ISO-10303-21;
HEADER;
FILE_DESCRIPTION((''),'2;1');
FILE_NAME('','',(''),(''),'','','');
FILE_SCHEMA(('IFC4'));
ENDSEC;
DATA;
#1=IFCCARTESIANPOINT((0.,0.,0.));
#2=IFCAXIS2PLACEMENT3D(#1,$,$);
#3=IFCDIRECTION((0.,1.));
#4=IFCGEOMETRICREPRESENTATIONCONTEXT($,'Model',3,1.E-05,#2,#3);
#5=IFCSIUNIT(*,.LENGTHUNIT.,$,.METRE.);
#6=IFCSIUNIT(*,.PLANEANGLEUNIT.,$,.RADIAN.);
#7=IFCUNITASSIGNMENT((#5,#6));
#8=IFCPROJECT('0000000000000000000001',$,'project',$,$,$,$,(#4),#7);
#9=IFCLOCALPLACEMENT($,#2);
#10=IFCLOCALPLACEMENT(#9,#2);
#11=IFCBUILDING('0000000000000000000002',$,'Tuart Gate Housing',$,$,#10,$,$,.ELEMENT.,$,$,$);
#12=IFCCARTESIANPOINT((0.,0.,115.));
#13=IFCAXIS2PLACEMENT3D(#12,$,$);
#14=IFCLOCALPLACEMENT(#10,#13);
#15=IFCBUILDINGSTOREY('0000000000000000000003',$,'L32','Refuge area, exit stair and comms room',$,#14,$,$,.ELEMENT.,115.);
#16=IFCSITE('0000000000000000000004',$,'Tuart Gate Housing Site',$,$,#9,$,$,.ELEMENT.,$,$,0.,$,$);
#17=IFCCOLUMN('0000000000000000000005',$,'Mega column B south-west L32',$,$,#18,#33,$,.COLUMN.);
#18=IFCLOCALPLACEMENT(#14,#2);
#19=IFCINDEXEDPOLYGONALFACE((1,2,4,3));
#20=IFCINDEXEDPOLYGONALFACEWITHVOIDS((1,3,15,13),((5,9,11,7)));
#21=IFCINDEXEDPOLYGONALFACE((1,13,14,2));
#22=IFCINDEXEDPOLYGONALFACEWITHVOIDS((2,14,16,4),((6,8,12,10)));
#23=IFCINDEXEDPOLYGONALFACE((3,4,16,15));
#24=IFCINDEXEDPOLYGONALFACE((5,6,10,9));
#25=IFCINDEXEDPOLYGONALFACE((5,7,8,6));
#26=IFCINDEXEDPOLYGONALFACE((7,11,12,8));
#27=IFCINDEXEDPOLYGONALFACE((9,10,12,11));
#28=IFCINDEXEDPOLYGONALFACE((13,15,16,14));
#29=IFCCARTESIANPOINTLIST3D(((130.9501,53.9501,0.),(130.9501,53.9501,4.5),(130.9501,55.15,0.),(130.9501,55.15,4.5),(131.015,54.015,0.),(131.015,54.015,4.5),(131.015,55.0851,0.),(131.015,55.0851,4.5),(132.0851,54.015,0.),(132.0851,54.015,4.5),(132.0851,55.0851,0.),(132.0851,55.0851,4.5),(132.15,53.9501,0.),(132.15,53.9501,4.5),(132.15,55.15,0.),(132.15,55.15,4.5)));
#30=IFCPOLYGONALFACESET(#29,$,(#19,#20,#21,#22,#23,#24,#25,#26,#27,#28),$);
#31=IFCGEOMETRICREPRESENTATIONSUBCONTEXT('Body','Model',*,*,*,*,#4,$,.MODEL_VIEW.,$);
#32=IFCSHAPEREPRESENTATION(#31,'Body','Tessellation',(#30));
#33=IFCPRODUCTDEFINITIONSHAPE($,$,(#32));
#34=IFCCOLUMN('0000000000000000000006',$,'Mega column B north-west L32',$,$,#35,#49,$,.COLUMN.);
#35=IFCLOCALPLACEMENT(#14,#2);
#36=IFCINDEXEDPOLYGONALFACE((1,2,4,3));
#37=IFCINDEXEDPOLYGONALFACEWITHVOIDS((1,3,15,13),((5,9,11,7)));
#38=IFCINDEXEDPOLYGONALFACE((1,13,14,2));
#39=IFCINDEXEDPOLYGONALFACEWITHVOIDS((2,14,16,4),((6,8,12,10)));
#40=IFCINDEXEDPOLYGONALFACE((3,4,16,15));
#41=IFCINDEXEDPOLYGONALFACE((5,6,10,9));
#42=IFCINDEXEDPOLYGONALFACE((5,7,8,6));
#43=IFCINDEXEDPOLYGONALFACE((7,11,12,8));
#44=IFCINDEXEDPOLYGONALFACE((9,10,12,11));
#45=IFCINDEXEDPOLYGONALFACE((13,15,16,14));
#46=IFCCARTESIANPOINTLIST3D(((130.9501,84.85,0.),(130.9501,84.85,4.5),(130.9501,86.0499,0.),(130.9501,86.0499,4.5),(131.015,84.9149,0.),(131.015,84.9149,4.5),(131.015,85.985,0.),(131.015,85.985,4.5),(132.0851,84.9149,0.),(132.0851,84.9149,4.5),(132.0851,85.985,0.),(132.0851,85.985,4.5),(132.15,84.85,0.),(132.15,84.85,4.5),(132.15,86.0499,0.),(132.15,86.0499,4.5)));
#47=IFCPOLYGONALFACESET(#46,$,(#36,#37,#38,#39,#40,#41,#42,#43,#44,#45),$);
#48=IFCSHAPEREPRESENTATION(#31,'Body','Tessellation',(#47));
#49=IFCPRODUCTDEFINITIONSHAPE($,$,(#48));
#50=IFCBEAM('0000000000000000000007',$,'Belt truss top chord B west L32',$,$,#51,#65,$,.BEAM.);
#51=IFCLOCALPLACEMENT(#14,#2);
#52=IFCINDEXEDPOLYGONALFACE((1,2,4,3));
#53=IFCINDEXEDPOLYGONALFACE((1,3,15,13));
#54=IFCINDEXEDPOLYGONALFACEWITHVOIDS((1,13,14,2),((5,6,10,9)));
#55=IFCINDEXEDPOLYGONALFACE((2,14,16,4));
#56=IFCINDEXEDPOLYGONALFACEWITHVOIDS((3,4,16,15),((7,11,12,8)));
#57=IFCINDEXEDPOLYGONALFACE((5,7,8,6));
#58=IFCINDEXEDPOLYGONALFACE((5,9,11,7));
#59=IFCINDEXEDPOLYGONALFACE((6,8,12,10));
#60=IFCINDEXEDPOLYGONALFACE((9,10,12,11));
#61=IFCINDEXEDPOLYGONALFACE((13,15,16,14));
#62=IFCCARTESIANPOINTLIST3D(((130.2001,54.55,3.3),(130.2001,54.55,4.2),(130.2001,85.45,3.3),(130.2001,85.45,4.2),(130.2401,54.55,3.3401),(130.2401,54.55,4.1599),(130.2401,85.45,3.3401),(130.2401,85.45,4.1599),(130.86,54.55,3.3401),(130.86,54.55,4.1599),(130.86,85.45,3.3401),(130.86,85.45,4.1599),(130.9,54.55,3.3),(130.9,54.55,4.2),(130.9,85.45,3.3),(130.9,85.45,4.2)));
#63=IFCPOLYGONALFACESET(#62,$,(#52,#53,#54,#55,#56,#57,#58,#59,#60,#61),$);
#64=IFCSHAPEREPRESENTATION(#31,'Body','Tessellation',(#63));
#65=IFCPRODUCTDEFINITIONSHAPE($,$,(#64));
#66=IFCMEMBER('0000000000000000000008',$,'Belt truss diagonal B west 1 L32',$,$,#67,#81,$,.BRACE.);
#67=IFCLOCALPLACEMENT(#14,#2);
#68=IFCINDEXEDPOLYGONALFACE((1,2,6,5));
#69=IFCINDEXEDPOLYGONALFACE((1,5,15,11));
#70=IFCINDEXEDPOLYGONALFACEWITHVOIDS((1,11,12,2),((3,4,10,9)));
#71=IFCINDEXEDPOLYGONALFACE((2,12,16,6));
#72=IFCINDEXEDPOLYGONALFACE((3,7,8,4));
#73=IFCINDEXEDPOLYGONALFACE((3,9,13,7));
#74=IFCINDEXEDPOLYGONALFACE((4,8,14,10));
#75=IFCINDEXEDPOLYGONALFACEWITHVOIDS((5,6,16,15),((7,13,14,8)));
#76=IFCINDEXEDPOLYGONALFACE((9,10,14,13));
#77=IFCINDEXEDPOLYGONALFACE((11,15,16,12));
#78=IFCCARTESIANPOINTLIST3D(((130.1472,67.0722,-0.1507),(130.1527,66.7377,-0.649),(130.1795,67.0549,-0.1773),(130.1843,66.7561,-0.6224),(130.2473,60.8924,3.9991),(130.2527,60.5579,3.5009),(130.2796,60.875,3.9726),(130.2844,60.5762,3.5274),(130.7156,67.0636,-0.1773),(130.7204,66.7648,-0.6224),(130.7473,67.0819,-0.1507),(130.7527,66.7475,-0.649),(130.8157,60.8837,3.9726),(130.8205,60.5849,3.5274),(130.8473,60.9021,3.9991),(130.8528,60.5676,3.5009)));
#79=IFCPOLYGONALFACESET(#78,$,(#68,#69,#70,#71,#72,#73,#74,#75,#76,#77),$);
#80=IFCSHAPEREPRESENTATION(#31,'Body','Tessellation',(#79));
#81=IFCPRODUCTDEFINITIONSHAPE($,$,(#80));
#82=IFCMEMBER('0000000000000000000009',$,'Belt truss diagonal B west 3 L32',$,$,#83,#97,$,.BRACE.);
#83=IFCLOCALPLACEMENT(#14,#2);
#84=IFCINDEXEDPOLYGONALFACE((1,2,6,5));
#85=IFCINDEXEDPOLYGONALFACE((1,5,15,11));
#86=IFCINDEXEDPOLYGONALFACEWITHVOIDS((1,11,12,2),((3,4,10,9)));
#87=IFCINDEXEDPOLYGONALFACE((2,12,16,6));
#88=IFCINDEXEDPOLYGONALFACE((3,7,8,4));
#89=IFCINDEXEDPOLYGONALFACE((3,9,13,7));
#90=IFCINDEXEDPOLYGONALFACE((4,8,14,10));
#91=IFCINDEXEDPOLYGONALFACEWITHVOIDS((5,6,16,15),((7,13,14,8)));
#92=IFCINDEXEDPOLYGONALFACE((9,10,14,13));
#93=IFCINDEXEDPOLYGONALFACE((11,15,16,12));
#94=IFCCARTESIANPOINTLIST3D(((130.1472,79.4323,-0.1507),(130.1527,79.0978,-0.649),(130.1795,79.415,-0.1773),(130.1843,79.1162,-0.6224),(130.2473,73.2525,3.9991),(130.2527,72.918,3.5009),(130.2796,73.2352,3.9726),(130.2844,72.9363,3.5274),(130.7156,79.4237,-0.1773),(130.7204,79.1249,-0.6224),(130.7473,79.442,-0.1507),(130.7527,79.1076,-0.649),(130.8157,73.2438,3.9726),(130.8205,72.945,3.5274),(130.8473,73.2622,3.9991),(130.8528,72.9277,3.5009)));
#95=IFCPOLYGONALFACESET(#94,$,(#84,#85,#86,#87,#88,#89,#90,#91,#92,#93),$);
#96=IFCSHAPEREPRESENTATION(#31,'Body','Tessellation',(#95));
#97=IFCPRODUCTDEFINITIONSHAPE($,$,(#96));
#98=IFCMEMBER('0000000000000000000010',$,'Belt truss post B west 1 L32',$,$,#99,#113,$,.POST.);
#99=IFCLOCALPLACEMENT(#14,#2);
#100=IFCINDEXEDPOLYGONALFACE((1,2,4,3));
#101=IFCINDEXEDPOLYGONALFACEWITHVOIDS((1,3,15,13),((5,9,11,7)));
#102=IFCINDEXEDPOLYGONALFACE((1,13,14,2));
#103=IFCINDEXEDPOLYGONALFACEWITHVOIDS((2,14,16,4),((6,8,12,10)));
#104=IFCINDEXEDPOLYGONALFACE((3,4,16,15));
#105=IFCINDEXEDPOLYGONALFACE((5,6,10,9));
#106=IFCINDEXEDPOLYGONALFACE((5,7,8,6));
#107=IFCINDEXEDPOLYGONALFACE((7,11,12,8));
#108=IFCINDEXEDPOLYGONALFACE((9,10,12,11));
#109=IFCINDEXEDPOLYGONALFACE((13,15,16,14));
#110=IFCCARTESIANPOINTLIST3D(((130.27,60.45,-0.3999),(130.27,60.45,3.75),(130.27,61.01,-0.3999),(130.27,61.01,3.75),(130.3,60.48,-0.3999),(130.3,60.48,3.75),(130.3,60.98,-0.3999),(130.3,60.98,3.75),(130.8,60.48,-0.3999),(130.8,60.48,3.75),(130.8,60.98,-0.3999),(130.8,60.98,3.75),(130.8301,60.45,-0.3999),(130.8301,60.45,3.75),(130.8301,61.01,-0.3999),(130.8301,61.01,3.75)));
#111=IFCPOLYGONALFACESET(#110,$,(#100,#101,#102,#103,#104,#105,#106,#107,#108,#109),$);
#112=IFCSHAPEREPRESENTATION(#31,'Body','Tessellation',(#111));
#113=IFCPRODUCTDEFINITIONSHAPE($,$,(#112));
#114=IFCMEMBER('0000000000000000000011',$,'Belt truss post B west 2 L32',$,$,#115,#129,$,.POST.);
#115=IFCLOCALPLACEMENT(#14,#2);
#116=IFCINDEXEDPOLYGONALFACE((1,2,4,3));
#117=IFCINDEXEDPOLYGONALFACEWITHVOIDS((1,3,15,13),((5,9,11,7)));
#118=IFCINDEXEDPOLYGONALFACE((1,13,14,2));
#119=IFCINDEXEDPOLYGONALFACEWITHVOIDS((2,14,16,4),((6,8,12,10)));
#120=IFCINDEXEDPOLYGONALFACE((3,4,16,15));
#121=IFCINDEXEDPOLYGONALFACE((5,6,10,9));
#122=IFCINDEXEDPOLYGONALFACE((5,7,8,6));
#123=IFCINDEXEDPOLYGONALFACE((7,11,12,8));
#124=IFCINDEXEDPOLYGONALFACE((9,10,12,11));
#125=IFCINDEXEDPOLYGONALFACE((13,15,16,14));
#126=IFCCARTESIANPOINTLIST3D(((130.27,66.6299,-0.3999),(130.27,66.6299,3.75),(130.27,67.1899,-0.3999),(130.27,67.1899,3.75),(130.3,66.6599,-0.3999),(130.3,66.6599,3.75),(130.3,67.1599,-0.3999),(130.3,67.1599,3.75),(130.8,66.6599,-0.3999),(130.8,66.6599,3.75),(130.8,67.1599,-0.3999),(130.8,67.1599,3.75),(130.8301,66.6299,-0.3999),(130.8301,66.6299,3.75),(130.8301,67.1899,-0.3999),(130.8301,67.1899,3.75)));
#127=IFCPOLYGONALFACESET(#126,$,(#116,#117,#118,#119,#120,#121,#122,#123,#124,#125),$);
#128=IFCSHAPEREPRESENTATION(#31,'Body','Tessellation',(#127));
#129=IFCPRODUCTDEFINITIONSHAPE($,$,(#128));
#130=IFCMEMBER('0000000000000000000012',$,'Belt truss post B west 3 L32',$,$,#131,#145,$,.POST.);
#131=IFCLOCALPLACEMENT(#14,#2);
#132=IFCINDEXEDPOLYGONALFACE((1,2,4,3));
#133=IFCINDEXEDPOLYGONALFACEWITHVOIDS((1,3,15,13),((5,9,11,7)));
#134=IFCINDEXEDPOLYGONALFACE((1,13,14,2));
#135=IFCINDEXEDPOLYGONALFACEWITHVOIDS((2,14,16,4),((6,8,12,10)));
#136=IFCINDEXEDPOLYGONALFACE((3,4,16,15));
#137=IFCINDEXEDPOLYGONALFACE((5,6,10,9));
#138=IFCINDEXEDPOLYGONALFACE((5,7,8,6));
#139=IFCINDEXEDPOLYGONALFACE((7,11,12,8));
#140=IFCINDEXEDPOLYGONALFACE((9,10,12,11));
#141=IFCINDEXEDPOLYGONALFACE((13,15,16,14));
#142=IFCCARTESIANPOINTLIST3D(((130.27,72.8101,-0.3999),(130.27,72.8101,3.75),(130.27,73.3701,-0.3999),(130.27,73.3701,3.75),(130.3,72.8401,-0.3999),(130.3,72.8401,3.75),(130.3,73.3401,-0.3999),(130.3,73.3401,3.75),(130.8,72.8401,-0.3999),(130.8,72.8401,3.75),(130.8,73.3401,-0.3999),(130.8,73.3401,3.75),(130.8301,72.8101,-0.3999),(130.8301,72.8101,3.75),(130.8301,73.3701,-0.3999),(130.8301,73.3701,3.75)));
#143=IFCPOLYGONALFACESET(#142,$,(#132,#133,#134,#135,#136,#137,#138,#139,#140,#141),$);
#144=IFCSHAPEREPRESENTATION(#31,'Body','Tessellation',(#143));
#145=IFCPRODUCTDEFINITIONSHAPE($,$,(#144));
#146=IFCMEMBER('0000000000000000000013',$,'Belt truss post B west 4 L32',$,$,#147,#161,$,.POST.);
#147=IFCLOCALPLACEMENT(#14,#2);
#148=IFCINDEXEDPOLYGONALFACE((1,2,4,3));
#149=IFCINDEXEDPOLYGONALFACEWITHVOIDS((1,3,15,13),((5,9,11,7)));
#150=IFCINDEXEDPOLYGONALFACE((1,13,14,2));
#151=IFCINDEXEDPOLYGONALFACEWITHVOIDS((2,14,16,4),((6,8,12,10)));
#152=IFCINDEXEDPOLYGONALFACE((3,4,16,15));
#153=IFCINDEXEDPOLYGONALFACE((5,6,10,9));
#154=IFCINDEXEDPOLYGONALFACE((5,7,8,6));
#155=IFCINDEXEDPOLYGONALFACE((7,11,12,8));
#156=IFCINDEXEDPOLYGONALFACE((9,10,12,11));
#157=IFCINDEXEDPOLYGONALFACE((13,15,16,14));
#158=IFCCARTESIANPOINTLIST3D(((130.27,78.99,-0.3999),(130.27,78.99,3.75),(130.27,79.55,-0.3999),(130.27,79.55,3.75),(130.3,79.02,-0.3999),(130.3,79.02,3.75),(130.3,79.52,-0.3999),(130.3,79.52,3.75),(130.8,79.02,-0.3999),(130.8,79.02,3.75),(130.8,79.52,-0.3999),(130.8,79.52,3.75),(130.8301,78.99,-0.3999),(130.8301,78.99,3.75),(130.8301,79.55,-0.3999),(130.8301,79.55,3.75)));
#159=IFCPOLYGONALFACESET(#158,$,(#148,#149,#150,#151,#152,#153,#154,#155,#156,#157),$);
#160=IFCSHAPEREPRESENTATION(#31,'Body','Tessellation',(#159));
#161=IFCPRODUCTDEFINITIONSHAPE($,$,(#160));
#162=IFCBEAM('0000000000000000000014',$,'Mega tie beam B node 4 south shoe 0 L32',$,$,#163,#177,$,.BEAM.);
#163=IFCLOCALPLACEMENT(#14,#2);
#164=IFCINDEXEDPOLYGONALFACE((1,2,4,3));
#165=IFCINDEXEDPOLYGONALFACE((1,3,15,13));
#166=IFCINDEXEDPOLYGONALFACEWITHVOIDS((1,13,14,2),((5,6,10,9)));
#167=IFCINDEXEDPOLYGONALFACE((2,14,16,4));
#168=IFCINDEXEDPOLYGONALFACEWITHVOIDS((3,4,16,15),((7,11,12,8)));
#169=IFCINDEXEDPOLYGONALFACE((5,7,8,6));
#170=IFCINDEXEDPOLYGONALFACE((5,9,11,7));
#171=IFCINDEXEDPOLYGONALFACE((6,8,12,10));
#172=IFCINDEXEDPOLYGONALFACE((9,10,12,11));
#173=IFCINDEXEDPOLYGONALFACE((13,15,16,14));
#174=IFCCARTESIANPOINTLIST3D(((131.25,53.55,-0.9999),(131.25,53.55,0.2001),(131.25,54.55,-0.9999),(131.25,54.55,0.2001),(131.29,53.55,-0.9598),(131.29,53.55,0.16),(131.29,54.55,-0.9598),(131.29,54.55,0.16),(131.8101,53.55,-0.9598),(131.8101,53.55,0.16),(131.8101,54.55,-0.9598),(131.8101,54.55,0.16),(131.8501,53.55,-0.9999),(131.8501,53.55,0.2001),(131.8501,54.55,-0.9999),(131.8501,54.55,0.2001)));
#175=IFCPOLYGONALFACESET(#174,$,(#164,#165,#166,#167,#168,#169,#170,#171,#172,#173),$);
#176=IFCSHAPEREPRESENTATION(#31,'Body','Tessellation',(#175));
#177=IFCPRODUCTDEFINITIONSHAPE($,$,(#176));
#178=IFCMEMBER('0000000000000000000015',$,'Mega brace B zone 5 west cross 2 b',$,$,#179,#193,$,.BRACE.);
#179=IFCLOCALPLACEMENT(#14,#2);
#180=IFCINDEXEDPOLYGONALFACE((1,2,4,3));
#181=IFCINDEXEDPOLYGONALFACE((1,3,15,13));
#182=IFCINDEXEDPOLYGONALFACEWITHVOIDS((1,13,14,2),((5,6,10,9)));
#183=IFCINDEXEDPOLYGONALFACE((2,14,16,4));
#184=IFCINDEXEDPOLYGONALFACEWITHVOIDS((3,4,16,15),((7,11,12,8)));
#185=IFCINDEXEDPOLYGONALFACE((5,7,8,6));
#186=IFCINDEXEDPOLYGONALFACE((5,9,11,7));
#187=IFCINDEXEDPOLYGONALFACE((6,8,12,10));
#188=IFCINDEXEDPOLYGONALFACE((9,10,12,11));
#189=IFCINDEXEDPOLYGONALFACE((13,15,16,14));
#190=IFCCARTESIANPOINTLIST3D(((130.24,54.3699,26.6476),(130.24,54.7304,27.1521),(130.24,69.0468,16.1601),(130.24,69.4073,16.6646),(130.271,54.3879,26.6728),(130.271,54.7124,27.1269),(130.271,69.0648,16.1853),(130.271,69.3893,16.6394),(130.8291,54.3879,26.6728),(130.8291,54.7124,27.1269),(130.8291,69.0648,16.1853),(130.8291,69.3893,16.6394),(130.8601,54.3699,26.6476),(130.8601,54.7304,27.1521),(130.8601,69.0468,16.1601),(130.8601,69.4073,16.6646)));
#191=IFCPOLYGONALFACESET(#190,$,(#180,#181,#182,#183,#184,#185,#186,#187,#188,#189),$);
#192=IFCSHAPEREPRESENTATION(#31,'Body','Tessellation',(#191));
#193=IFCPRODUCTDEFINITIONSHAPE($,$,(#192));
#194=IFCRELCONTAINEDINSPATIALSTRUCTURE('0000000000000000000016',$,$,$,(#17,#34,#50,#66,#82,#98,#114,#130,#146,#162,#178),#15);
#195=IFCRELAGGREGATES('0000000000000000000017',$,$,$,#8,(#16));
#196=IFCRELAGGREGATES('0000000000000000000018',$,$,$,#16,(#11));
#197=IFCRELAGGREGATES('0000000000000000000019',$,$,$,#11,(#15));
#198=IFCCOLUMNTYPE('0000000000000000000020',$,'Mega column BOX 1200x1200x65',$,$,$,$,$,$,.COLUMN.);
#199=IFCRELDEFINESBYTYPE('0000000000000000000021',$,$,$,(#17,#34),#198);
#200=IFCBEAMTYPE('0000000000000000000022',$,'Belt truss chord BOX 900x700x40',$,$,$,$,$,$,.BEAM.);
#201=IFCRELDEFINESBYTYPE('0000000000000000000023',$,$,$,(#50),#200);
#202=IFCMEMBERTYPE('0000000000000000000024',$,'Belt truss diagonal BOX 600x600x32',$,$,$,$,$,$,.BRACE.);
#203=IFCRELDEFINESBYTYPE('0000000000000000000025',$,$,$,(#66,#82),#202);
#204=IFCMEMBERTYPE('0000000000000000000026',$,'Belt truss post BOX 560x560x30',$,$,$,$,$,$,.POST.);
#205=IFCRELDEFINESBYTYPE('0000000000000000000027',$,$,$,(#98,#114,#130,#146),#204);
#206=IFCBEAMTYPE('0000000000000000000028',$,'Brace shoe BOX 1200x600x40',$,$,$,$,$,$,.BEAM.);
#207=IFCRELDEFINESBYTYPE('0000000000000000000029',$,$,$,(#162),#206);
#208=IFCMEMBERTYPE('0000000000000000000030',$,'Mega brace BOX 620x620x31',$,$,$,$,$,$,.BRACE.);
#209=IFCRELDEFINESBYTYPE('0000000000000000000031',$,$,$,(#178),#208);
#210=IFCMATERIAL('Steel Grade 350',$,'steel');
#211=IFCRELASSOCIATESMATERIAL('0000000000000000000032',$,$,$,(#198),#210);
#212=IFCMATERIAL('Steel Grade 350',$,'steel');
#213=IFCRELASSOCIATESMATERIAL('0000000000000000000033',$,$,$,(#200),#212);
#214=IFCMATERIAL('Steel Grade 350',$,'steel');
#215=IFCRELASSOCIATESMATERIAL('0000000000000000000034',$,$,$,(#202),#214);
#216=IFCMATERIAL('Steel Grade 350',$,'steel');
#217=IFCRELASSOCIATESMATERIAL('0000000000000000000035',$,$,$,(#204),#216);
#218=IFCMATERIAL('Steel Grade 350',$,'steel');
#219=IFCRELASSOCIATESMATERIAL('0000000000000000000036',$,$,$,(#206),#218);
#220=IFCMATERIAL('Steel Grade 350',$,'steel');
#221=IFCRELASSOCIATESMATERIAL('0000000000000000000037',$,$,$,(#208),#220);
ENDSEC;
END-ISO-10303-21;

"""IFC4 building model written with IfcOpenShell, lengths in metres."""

from ifc_helpers import new_model, si_unit, direction, frame, origin, origin_2d, place, context, subcontext, project, spatial, hollow_rectangle, extrude, material, material_profile, profile_set, type_object, element, save


model = new_model("IFC4")

# Units and contexts
model_context = context("Model", 3, precision=1e-05, world=origin(), true_north=direction((0.0, 1.0)))
body_context = subcontext(model_context, "Body", "Model", "MODEL_VIEW")
ifc_project = project(units=[si_unit("LENGTHUNIT", "METRE"), si_unit("PLANEANGLEUNIT", "RADIAN")], contexts=[model_context])

# Site, building, storey
site_placement = place(None, origin())
site = spatial("IfcSite", under=ifc_project, at=site_placement, Name="Tuart Gate Housing Site", CompositionType="ELEMENT", RefElevation=0.0)
building_placement = place(site_placement, origin())
building = spatial("IfcBuilding", under=site, at=building_placement, Name="Tuart Gate Housing", CompositionType="ELEMENT")
storey_placement = place(building_placement, frame((0.0, 0.0, 115.0)))
storey = spatial("IfcBuildingStorey", under=building, at=storey_placement, Name="L32", Description="Refuge area, exit stair and comms room", CompositionType="ELEMENT", Elevation=115.0)

# Columns
ifc_material_1 = material(Name="Steel Grade 350", Category="steel")
ifc_material_profile_1 = material_profile(ifc_material_1, hollow_rectangle(XDim=1.2, YDim=1.2, WallThickness=0.0649, at=origin_2d()), Name="BOX 1200x1200x65")
ifc_profile_set_1 = profile_set([ifc_material_profile_1], Name="Steel Grade 350")
column_type = type_object("IfcColumnType", Name="Mega column BOX 1200x1200x65", PredefinedType="COLUMN", material=ifc_profile_set_1)
for number, where, z_axis, x_axis, name in (
    (1, (131.55, 54.55, 0.0), (0.0, 0.0, 1.0), (1.0, 0.0, 0.0), "Mega column B south-west L32"),
    (2, (131.55, 85.45, 0.0), (0.0, 0.0, 1.0), (1.0, 0.0, 0.0), "Mega column B north-west L32"),
):
    element("IfcColumn", number, at=place(storey_placement, frame(where, z_axis=z_axis, x_axis=x_axis)), inside=storey, type_object=column_type, Name=name, PredefinedType="COLUMN", context=body_context, shape_type="SweptSolid", body=[
        extrude(hollow_rectangle(XDim=1.2, YDim=1.2, WallThickness=0.0649, at=origin_2d()), origin(), (0.0, 0.0, 1.0), 4.5),
    ])

# Beam
ifc_material_2 = material(Name="Steel Grade 350", Category="steel")
ifc_material_profile_2 = material_profile(ifc_material_2, hollow_rectangle(XDim=0.7, YDim=0.8999, WallThickness=0.04, at=origin_2d()), Name="BOX 900x700x40")
ifc_profile_set_2 = profile_set([ifc_material_profile_2], Name="Steel Grade 350")
beam_type_1 = type_object("IfcBeamType", Name="Belt truss chord BOX 900x700x40", PredefinedType="BEAM", material=ifc_profile_set_2)
beam_1_placement = place(storey_placement, frame((130.55, 54.55, 3.75), z_axis=(0.0, 1.0, 0.0), x_axis=(-1.0, 0.0, 0.0)))
element("IfcBeam", 3, at=beam_1_placement, inside=storey, type_object=beam_type_1, Name="Belt truss top chord B west L32", PredefinedType="BEAM", context=body_context, shape_type="SweptSolid", body=[
    extrude(hollow_rectangle(XDim=0.7, YDim=0.8999, WallThickness=0.04, at=origin_2d()), origin(), (0.0, 0.0, 1.0), 30.8999),
])

# Members
ifc_material_3 = material(Name="Steel Grade 350", Category="steel")
ifc_material_profile_3 = material_profile(ifc_material_3, hollow_rectangle(XDim=0.6001, YDim=0.6001, WallThickness=0.032, at=origin_2d()), Name="BOX 600x600x32")
ifc_profile_set_3 = profile_set([ifc_material_profile_3], Name="Steel Grade 350")
member_type_1 = type_object("IfcMemberType", Name="Belt truss diagonal BOX 600x600x32", PredefinedType="BRACE", material=ifc_profile_set_3)
for number, where, z_axis, x_axis, name in (
    (4, (130.55, 60.73, 3.75), (-0.013446, 0.830114, -0.557432), (-0.999869, -0.016195, 0.0), "Belt truss diagonal B west 1 L32"),
    (5, (130.55, 73.0901, 3.75), (-0.013446, 0.830114, -0.557432), (-0.999869, -0.016195, 0.0), "Belt truss diagonal B west 3 L32"),
):
    element("IfcMember", number, at=place(storey_placement, frame(where, z_axis=z_axis, x_axis=x_axis)), inside=storey, type_object=member_type_1, Name=name, PredefinedType="BRACE", context=body_context, shape_type="SweptSolid", body=[
        extrude(hollow_rectangle(XDim=0.6001, YDim=0.6001, WallThickness=0.032, at=origin_2d()), origin(), (0.0, 0.0, 1.0), 7.4446),
    ])
ifc_material_4 = material(Name="Steel Grade 350", Category="steel")
ifc_material_profile_4 = material_profile(ifc_material_4, hollow_rectangle(XDim=0.5601, YDim=0.5601, WallThickness=0.03, at=origin_2d()), Name="BOX 560x560x30")
ifc_profile_set_4 = profile_set([ifc_material_profile_4], Name="Steel Grade 350")
member_type_2 = type_object("IfcMemberType", Name="Belt truss post BOX 560x560x30", PredefinedType="POST", material=ifc_profile_set_4)
for number, where, z_axis, x_axis, name in (
    (6, (130.55, 60.73, -0.3999), (0.0, 0.0, 1.0), (1.0, 0.0, 0.0), "Belt truss post B west 1 L32"),
    (7, (130.55, 66.9099, -0.3999), (0.0, 0.0, 1.0), (1.0, 0.0, 0.0), "Belt truss post B west 2 L32"),
    (8, (130.55, 73.0901, -0.3999), (0.0, 0.0, 1.0), (1.0, 0.0, 0.0), "Belt truss post B west 3 L32"),
    (9, (130.55, 79.27, -0.3999), (0.0, 0.0, 1.0), (1.0, 0.0, 0.0), "Belt truss post B west 4 L32"),
):
    element("IfcMember", number, at=place(storey_placement, frame(where, z_axis=z_axis, x_axis=x_axis)), inside=storey, type_object=member_type_2, Name=name, PredefinedType="POST", context=body_context, shape_type="SweptSolid", body=[
        extrude(hollow_rectangle(XDim=0.5601, YDim=0.5601, WallThickness=0.03, at=origin_2d()), origin(), (0.0, 0.0, 1.0), 4.1499),
    ])

# Beam
ifc_material_5 = material(Name="Steel Grade 350", Category="steel")
ifc_material_profile_5 = material_profile(ifc_material_5, hollow_rectangle(XDim=0.6001, YDim=1.2, WallThickness=0.04, at=origin_2d()), Name="BOX 1200x600x40")
ifc_profile_set_5 = profile_set([ifc_material_profile_5], Name="Steel Grade 350")
beam_type_2 = type_object("IfcBeamType", Name="Brace shoe BOX 1200x600x40", PredefinedType="BEAM", material=ifc_profile_set_5)
beam_2_placement = place(storey_placement, frame((131.55, 54.55, -0.3999), z_axis=(0.0, -1.0, 0.0), x_axis=(1.0, 0.0, 0.0)))
element("IfcBeam", 10, at=beam_2_placement, inside=storey, type_object=beam_type_2, Name="Mega tie beam B node 4 south shoe 0 L32", PredefinedType="BEAM", context=body_context, shape_type="SweptSolid", body=[
    extrude(hollow_rectangle(XDim=0.6001, YDim=1.2, WallThickness=0.04, at=origin_2d()), origin(), (0.0, 0.0, 1.0), 1.0),
])

# Member
ifc_material_6 = material(Name="Steel Grade 350", Category="steel")
ifc_material_profile_6 = material_profile(ifc_material_6, hollow_rectangle(XDim=0.6201, YDim=0.6201, WallThickness=0.031, at=origin_2d()), Name="BOX 620x620x31")
ifc_profile_set_6 = profile_set([ifc_material_profile_6], Name="Steel Grade 350")
member_type_3 = type_object("IfcMemberType", Name="Mega brace BOX 620x620x31", PredefinedType="BRACE", material=ifc_profile_set_6)
member_placement = place(storey_placement, frame((130.55, 69.2271, 16.4124), z_axis=(0.0, -0.813629, 0.581384), x_axis=(1.0, 0.0, 0.0)))
element("IfcMember", 11, at=member_placement, inside=storey, type_object=member_type_3, Name="Mega brace B zone 5 west cross 2 b", PredefinedType="BRACE", context=body_context, shape_type="SweptSolid", body=[
    extrude(hollow_rectangle(XDim=0.6201, YDim=0.6201, WallThickness=0.031, at=origin_2d()), origin(), (0.0, 0.0, 1.0), 18.0388),
])

save(model, "model.ifc")
